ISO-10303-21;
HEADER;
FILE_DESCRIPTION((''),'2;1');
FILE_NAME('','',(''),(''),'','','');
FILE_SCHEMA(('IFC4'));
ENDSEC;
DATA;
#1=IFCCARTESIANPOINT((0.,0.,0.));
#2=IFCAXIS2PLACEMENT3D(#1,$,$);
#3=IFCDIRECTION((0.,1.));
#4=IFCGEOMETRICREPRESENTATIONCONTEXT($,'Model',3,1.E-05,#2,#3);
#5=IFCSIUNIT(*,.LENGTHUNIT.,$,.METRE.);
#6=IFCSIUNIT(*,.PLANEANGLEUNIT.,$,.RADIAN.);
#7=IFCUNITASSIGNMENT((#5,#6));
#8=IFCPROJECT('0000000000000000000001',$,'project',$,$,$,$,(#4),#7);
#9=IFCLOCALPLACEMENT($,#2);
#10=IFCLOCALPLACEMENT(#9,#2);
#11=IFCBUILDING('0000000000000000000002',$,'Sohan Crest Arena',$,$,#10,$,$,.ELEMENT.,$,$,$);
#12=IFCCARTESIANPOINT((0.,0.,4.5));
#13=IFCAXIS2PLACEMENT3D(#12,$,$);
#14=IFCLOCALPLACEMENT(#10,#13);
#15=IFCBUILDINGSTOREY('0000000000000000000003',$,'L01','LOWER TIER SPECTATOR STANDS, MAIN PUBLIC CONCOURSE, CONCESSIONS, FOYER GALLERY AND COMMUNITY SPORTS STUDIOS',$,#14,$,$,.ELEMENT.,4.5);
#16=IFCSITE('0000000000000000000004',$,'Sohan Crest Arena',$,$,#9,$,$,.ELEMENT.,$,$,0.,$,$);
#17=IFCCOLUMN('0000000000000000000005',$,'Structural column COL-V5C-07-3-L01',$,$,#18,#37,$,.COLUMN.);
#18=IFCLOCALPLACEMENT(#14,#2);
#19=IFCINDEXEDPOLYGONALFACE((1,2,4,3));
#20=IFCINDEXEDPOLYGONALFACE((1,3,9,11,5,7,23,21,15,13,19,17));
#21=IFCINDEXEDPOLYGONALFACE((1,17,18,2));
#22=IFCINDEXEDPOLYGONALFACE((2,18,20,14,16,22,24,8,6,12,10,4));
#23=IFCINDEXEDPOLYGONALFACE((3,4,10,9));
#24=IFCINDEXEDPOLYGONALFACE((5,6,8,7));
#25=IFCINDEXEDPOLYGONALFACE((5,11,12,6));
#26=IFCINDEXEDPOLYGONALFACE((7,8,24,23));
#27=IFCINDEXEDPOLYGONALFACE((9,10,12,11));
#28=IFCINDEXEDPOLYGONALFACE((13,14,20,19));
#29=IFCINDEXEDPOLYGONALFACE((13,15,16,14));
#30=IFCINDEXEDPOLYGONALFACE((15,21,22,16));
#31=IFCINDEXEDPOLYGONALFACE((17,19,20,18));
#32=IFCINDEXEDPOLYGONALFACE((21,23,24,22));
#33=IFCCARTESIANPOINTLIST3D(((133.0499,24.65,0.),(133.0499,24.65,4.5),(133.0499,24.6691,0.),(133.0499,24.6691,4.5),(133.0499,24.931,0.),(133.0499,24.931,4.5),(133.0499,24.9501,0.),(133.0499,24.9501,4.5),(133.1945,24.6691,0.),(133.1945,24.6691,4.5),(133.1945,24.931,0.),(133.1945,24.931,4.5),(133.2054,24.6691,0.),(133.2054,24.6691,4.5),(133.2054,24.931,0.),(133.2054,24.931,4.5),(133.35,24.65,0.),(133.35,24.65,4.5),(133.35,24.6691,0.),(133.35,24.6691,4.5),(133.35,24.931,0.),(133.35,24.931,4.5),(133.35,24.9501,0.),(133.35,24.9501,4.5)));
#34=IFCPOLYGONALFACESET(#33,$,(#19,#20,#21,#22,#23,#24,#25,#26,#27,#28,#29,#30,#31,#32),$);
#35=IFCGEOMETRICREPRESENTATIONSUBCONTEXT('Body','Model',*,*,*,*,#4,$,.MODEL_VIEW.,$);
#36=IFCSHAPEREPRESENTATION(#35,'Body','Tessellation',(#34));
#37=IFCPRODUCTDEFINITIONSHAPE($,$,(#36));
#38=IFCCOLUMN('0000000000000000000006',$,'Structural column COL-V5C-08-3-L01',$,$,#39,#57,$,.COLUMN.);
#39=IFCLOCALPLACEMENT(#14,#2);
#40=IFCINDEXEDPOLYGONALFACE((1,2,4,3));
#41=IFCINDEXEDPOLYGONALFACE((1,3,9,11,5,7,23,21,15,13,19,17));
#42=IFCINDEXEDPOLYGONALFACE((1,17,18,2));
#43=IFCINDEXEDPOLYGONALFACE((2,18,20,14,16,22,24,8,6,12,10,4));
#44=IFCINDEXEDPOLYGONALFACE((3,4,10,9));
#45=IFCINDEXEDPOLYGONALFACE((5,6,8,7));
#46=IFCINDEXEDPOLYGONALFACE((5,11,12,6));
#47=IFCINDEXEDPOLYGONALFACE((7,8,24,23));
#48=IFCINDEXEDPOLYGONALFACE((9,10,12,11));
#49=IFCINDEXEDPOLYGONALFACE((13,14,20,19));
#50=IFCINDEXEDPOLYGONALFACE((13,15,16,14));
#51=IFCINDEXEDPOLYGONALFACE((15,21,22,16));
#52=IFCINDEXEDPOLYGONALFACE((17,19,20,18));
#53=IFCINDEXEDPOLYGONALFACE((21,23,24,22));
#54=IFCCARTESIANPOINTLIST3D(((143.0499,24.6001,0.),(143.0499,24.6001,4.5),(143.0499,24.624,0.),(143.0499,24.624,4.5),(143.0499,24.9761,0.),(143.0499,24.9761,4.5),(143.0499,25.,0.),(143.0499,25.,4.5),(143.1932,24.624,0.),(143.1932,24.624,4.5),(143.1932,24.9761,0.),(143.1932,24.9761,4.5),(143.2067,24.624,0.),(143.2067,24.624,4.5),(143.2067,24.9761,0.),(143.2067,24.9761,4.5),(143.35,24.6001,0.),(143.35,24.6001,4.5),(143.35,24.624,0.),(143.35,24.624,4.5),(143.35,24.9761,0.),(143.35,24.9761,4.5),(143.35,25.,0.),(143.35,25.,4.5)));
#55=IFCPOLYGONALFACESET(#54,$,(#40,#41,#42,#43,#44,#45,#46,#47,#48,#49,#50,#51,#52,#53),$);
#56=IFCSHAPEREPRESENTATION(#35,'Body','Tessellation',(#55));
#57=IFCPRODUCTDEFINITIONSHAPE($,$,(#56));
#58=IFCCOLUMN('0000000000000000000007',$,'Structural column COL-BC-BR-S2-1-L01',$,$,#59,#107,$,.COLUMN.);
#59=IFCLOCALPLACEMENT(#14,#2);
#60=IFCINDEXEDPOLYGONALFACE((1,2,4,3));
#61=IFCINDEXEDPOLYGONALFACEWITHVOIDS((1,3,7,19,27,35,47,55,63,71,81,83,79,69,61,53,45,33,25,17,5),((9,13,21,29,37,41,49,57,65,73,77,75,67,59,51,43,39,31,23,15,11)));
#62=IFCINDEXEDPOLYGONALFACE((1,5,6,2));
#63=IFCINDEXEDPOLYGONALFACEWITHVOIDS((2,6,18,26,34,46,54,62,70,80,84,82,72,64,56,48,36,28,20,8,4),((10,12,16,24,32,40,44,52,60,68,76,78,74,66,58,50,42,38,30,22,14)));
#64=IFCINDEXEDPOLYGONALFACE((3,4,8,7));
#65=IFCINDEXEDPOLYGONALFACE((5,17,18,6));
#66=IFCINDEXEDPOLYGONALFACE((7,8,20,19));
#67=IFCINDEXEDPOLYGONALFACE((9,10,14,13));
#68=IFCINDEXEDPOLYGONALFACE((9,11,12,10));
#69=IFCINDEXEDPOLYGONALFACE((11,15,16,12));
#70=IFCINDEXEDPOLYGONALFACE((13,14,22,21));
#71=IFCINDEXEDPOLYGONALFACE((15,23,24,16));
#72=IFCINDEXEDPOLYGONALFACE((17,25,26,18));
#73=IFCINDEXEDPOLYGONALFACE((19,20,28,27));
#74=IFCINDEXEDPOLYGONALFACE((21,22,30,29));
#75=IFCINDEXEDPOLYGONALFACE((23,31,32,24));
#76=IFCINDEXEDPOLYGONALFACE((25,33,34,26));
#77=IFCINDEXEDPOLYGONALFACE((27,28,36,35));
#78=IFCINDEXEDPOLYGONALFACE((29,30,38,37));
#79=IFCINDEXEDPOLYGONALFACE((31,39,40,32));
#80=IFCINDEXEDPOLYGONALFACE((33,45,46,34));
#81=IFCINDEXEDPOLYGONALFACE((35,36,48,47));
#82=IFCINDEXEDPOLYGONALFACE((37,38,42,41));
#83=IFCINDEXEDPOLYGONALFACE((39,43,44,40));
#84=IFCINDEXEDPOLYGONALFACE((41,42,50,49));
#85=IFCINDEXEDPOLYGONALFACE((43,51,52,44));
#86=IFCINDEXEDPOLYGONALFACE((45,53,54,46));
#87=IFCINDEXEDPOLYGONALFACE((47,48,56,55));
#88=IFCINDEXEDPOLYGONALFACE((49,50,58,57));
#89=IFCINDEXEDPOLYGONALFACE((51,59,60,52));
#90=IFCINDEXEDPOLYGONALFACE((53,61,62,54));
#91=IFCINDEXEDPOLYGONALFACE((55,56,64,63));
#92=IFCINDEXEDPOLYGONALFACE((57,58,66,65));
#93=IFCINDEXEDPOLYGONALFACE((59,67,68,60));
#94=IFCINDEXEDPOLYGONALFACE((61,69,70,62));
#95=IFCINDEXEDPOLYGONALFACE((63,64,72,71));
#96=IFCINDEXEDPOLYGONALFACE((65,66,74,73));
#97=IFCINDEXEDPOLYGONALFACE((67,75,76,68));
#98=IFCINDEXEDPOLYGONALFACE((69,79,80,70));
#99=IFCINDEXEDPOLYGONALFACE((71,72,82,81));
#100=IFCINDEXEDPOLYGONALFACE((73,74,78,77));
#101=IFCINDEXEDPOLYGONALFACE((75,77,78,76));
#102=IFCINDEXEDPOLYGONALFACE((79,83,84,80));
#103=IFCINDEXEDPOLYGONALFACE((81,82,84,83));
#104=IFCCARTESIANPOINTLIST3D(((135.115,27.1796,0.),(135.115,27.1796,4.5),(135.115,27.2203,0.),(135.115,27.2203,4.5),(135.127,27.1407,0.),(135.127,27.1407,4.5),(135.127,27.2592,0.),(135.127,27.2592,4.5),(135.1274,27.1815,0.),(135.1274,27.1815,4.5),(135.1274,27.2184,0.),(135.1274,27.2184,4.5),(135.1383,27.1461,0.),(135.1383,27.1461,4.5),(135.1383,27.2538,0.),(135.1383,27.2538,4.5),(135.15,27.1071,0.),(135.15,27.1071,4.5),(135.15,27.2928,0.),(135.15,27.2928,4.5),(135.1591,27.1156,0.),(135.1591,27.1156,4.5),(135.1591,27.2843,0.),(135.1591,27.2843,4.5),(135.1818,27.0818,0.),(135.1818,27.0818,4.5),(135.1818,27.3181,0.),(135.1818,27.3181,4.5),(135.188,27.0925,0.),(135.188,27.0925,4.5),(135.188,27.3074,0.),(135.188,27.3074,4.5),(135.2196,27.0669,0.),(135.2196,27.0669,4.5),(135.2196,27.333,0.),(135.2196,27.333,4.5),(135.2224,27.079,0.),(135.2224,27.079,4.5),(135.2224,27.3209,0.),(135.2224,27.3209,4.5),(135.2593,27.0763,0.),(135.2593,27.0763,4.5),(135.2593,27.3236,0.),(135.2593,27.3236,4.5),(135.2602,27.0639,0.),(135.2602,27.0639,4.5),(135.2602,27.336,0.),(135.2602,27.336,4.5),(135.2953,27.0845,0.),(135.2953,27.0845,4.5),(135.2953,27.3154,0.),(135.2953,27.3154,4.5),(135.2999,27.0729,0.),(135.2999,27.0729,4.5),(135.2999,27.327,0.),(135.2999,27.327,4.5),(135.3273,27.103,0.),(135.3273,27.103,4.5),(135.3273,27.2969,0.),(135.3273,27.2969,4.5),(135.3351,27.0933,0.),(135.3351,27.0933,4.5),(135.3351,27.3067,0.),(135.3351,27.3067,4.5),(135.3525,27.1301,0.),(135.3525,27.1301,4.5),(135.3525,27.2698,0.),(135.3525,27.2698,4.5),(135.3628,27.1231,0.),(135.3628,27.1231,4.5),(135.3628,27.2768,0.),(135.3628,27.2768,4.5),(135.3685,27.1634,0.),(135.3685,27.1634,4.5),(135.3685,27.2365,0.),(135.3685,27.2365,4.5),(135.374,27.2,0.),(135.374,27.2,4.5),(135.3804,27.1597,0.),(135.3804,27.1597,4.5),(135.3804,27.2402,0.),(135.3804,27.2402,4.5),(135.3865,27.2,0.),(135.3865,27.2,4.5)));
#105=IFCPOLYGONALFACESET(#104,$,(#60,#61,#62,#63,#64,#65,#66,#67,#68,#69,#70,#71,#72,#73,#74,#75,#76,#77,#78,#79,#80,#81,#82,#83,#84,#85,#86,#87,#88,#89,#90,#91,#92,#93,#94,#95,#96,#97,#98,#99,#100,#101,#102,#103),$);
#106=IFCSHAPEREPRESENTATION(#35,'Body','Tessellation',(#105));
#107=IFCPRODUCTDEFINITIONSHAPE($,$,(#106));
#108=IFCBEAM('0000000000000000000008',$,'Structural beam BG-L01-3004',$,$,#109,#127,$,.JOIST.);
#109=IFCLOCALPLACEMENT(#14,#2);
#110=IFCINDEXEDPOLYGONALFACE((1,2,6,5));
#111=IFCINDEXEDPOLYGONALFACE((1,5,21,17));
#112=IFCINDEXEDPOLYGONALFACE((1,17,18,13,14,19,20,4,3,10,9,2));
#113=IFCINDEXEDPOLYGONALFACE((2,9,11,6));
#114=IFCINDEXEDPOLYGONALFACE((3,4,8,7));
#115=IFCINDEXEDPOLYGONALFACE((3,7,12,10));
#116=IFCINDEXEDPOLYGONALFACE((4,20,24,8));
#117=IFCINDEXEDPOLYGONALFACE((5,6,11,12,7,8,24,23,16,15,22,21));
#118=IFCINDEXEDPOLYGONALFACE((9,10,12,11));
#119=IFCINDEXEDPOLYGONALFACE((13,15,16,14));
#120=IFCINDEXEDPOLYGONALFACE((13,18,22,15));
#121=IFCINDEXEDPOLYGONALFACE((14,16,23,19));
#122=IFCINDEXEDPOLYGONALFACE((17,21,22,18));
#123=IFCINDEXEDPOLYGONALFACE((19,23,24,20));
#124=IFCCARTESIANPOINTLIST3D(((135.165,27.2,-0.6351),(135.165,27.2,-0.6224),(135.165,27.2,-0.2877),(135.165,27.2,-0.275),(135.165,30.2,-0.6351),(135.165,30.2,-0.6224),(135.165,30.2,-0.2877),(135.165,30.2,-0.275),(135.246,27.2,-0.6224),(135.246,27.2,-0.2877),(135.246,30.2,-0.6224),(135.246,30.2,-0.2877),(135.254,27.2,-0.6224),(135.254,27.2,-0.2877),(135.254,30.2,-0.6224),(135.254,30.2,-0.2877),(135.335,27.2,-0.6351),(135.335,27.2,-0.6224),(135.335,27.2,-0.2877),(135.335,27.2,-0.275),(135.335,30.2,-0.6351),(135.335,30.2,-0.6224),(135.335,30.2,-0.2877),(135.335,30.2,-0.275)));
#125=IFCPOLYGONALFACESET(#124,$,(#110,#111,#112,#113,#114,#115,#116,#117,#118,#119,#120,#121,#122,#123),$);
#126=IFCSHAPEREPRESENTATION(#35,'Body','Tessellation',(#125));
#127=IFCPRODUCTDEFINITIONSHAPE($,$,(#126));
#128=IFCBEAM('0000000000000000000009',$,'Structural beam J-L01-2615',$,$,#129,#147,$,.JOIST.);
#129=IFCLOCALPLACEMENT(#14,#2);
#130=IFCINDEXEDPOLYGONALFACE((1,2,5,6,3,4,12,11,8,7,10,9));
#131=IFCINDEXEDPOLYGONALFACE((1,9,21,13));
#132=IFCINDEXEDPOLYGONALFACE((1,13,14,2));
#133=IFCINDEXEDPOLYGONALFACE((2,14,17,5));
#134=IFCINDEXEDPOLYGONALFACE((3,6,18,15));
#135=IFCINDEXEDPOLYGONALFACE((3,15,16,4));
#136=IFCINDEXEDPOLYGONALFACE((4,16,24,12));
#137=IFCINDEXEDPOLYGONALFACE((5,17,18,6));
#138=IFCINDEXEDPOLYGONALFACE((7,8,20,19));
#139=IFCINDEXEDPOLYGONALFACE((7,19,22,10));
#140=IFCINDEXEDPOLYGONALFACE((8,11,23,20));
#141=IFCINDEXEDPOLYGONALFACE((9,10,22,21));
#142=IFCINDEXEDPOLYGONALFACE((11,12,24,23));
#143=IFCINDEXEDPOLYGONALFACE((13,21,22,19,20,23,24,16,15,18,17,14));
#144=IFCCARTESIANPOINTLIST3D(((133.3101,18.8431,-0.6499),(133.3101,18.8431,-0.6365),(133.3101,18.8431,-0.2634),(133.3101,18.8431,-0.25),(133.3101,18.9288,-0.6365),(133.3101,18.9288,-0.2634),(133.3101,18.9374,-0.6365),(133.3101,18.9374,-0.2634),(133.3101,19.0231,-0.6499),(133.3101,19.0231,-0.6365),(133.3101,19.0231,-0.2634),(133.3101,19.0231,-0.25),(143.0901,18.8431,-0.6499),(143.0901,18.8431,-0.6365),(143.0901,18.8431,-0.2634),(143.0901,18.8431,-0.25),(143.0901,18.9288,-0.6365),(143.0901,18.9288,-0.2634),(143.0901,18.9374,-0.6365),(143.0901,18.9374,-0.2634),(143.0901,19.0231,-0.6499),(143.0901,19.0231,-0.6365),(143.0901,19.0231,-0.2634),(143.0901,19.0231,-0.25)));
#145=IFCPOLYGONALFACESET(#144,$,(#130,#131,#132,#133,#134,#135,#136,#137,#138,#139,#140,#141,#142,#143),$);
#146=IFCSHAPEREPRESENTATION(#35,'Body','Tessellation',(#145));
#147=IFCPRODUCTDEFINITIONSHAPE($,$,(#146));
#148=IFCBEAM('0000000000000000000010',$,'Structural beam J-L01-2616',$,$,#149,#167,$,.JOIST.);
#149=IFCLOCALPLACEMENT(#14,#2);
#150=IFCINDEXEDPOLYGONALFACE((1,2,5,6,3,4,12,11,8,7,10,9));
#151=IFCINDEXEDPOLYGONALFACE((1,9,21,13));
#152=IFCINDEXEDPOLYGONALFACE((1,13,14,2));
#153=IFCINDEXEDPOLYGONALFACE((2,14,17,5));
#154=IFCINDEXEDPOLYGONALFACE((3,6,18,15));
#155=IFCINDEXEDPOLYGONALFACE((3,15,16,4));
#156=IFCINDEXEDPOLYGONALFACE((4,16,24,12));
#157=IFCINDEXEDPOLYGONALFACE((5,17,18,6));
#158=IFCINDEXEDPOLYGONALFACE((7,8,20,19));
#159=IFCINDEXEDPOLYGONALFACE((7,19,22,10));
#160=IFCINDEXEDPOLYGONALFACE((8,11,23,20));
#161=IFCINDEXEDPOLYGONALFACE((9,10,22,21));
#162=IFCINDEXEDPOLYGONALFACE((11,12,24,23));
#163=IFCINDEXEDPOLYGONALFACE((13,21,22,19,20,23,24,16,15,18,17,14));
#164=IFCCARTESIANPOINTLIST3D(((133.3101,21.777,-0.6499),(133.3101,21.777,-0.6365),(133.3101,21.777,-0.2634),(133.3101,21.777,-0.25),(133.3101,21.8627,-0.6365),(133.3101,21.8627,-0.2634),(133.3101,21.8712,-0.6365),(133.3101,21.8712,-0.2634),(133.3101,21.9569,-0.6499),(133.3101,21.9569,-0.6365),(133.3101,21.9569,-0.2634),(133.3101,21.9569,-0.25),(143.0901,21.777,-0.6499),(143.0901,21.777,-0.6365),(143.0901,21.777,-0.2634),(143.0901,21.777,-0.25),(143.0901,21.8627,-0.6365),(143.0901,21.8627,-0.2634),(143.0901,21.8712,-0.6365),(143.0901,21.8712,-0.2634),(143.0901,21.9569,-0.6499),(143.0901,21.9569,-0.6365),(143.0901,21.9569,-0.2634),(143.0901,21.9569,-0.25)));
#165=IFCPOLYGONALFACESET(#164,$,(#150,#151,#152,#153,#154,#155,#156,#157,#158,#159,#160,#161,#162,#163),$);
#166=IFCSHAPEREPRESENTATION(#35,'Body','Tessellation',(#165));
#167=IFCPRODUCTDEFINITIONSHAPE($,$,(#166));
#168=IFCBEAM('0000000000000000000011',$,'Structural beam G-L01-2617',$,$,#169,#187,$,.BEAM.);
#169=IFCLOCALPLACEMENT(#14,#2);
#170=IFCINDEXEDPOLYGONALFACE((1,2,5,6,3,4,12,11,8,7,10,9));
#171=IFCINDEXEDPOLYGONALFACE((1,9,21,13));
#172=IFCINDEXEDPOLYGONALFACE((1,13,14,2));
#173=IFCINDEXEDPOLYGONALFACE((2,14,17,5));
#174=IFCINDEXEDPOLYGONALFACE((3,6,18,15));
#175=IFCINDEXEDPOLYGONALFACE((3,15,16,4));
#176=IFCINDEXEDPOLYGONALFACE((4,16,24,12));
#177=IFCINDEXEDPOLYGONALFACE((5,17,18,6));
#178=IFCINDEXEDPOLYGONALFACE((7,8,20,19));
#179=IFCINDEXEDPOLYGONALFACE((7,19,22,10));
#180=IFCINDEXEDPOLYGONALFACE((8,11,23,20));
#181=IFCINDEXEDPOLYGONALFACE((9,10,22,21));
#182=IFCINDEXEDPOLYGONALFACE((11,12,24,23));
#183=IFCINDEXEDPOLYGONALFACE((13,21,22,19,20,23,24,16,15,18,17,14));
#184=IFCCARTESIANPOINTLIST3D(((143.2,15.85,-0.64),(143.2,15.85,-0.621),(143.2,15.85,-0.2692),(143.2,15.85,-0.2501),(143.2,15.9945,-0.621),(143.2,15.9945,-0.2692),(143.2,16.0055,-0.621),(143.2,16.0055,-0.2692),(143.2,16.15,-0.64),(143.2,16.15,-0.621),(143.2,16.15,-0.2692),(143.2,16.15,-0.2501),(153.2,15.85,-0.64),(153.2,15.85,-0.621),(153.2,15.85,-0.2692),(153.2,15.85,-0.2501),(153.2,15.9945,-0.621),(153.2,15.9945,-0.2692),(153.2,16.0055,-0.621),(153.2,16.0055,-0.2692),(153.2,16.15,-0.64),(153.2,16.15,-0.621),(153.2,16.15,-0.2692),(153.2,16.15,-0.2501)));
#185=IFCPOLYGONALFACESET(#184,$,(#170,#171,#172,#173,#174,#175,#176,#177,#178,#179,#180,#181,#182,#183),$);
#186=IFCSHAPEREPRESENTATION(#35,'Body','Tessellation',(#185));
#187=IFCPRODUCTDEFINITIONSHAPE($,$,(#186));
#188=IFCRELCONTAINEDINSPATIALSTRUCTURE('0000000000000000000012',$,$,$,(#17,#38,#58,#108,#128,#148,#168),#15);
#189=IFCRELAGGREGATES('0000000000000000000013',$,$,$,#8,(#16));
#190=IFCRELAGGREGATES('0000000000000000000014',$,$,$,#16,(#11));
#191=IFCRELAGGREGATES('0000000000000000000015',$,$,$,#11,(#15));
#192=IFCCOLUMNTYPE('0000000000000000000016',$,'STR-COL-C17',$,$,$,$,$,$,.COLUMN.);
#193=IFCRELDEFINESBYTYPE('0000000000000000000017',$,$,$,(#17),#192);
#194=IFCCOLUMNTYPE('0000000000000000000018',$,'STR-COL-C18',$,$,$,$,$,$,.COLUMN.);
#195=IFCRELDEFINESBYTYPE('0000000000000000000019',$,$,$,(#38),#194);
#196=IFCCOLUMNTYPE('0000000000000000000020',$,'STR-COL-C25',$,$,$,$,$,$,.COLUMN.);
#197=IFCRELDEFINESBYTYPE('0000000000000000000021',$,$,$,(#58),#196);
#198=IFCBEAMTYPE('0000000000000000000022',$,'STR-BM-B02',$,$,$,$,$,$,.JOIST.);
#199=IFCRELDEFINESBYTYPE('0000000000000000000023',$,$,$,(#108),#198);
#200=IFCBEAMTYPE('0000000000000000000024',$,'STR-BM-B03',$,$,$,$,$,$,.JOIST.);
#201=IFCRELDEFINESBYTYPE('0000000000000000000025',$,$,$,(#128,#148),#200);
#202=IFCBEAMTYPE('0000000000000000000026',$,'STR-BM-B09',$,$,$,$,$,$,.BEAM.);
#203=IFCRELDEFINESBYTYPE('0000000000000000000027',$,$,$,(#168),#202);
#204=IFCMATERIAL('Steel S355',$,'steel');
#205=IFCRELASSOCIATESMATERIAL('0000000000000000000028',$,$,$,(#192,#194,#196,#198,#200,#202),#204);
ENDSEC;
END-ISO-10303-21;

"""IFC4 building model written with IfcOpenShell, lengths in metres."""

from ifc_helpers import new_model, si_unit, direction, frame, origin, origin_2d, place, context, subcontext, project, spatial, hollow_circle, i_section, extrude, material, material_profile, profile_set, type_object, element, save


model = new_model("IFC4")

# Units and contexts
model_context = context("Model", 3, precision=1e-05, world=origin(), true_north=direction((0.0, 1.0)))
body_context = subcontext(model_context, "Body", "Model", "MODEL_VIEW")
ifc_project = project(units=[si_unit("LENGTHUNIT", "METRE"), si_unit("PLANEANGLEUNIT", "RADIAN")], contexts=[model_context])

# Site, building, storey
site_placement = place(None, origin())
site = spatial("IfcSite", under=ifc_project, at=site_placement, Name="Sohan Crest Arena", CompositionType="ELEMENT", RefElevation=0.0)
building_placement = place(site_placement, origin())
building = spatial("IfcBuilding", under=site, at=building_placement, Name="Sohan Crest Arena", CompositionType="ELEMENT")
storey_placement = place(building_placement, frame((0.0, 0.0, 4.5)))
storey = spatial("IfcBuildingStorey", under=building, at=storey_placement, Name="L01", Description="LOWER TIER SPECTATOR STANDS, MAIN PUBLIC CONCOURSE, CONCESSIONS, FOYER GALLERY AND COMMUNITY SPORTS STUDIOS", CompositionType="ELEMENT", Elevation=4.5)

# Columns
ifc_material_1 = material(Name="Steel S355", Category="steel")
ifc_material_profile_1 = material_profile(ifc_material_1, i_section(OverallWidth=0.3, OverallDepth=0.3, WebThickness=0.011, FlangeThickness=0.019, at=origin_2d()), Name="HEB 300")
ifc_profile_set_1 = profile_set([ifc_material_profile_1], Name="Steel S355")
column_type_1 = type_object("IfcColumnType", Name="STR-COL-C17", PredefinedType="COLUMN", material=ifc_profile_set_1)
column_1_placement = place(storey_placement, frame((133.2, 24.8, 0.0), z_axis=(0.0, 0.0, 1.0), x_axis=(1.0, 0.0, 0.0)))
element("IfcColumn", 1, at=column_1_placement, inside=storey, type_object=column_type_1, Name="Structural column COL-V5C-07-3-L01", PredefinedType="COLUMN", context=body_context, shape_type="SweptSolid", body=[
    extrude(i_section(OverallWidth=0.3, OverallDepth=0.3, WebThickness=0.011, FlangeThickness=0.019, at=origin_2d()), origin(), (0.0, 0.0, 1.0), 4.5),
])
ifc_material_profile_2 = material_profile(ifc_material_1, i_section(OverallWidth=0.3, OverallDepth=0.3999, WebThickness=0.0134, FlangeThickness=0.0239, at=origin_2d()), Name="HEB 400")
ifc_profile_set_2 = profile_set([ifc_material_profile_2], Name="Steel S355")
column_type_2 = type_object("IfcColumnType", Name="STR-COL-C18", PredefinedType="COLUMN", material=ifc_profile_set_2)
column_2_placement = place(storey_placement, frame((143.2, 24.8, 0.0), z_axis=(0.0, 0.0, 1.0), x_axis=(1.0, 0.0, 0.0)))
element("IfcColumn", 2, at=column_2_placement, inside=storey, type_object=column_type_2, Name="Structural column COL-V5C-08-3-L01", PredefinedType="COLUMN", context=body_context, shape_type="SweptSolid", body=[
    extrude(i_section(OverallWidth=0.3, OverallDepth=0.3999, WebThickness=0.0134, FlangeThickness=0.0239, at=origin_2d()), origin(), (0.0, 0.0, 1.0), 4.5),
])
ifc_material_profile_3 = material_profile(ifc_material_1, hollow_circle(Radius=0.1365, WallThickness=0.0125, at=origin_2d()), Name="CHS 273x12.5")
ifc_profile_set_3 = profile_set([ifc_material_profile_3], Name="Steel S355")
column_type_3 = type_object("IfcColumnType", Name="STR-COL-C25", PredefinedType="COLUMN", material=ifc_profile_set_3)
column_3_placement = place(storey_placement, frame((135.25, 27.2, 0.0), z_axis=(0.0, 0.0, 1.0), x_axis=(1.0, 0.0, 0.0)))
element("IfcColumn", 3, at=column_3_placement, inside=storey, type_object=column_type_3, Name="Structural column COL-BC-BR-S2-1-L01", PredefinedType="COLUMN", context=body_context, shape_type="SweptSolid", body=[
    extrude(hollow_circle(Radius=0.1365, WallThickness=0.0125, at=origin_2d()), origin(), (0.0, 0.0, 1.0), 4.5),
])

# Beams
ifc_material_profile_4 = material_profile(ifc_material_1, i_section(OverallWidth=0.1699, OverallDepth=0.3601, WebThickness=0.0081, FlangeThickness=0.0127, at=origin_2d()), Name="IPE 360")
ifc_profile_set_4 = profile_set([ifc_material_profile_4], Name="Steel S355")
beam_type_1 = type_object("IfcBeamType", Name="STR-BM-B02", PredefinedType="JOIST", material=ifc_profile_set_4)
beam_1_placement = place(storey_placement, frame((135.25, 27.2, -0.4551), z_axis=(0.0, 1.0, 0.0), x_axis=(-1.0, 0.0, 0.0)))
element("IfcBeam", 4, at=beam_1_placement, inside=storey, type_object=beam_type_1, Name="Structural beam BG-L01-3004", PredefinedType="JOIST", context=body_context, shape_type="SweptSolid", body=[
    extrude(i_section(OverallWidth=0.1699, OverallDepth=0.3601, WebThickness=0.0081, FlangeThickness=0.0127, at=origin_2d()), origin(), (0.0, 0.0, 1.0), 3.0),
])
ifc_material_profile_5 = material_profile(ifc_material_1, i_section(OverallWidth=0.1799, OverallDepth=0.3999, WebThickness=0.0085, FlangeThickness=0.0134, at=origin_2d()), Name="IPE 400")
ifc_profile_set_5 = profile_set([ifc_material_profile_5], Name="Steel S355")
beam_type_2 = type_object("IfcBeamType", Name="STR-BM-B03", PredefinedType="JOIST", material=ifc_profile_set_5)
for number, where, z_axis, x_axis, name in (
    (5, (133.3101, 18.9331, -0.45), (1.0, 0.0, 0.0), (0.0, 1.0, 0.0), "Structural beam J-L01-2615"),
    (6, (133.3101, 21.8669, -0.45), (1.0, 0.0, 0.0), (0.0, 1.0, 0.0), "Structural beam J-L01-2616"),
):
    element("IfcBeam", number, at=place(storey_placement, frame(where, z_axis=z_axis, x_axis=x_axis)), inside=storey, type_object=beam_type_2, Name=name, PredefinedType="JOIST", context=body_context, shape_type="SweptSolid", body=[
        extrude(i_section(OverallWidth=0.1799, OverallDepth=0.3999, WebThickness=0.0085, FlangeThickness=0.0134, at=origin_2d()), origin(), (0.0, 0.0, 1.0), 9.78),
    ])
ifc_material_profile_6 = material_profile(ifc_material_1, i_section(OverallWidth=0.3, OverallDepth=0.3899, WebThickness=0.011, FlangeThickness=0.019, at=origin_2d()), Name="HEA 400")
ifc_profile_set_6 = profile_set([ifc_material_profile_6], Name="Steel S355")
beam_type_3 = type_object("IfcBeamType", Name="STR-BM-B09", PredefinedType="BEAM", material=ifc_profile_set_6)
for number, where, z_axis, x_axis, name in (
    (7, (143.2, 16.0, -0.4451), (1.0, 0.0, 0.0), (0.0, 1.0, 0.0), "Structural beam G-L01-2617"),
):
    element("IfcBeam", number, at=place(storey_placement, frame(where, z_axis=z_axis, x_axis=x_axis)), inside=storey, type_object=beam_type_3, Name=name, PredefinedType="BEAM", context=body_context, shape_type="SweptSolid", body=[
        extrude(i_section(OverallWidth=0.3, OverallDepth=0.3899, WebThickness=0.011, FlangeThickness=0.019, at=origin_2d()), origin(), (0.0, 0.0, 1.0), 10.0),
    ])

save(model, "model.ifc")
